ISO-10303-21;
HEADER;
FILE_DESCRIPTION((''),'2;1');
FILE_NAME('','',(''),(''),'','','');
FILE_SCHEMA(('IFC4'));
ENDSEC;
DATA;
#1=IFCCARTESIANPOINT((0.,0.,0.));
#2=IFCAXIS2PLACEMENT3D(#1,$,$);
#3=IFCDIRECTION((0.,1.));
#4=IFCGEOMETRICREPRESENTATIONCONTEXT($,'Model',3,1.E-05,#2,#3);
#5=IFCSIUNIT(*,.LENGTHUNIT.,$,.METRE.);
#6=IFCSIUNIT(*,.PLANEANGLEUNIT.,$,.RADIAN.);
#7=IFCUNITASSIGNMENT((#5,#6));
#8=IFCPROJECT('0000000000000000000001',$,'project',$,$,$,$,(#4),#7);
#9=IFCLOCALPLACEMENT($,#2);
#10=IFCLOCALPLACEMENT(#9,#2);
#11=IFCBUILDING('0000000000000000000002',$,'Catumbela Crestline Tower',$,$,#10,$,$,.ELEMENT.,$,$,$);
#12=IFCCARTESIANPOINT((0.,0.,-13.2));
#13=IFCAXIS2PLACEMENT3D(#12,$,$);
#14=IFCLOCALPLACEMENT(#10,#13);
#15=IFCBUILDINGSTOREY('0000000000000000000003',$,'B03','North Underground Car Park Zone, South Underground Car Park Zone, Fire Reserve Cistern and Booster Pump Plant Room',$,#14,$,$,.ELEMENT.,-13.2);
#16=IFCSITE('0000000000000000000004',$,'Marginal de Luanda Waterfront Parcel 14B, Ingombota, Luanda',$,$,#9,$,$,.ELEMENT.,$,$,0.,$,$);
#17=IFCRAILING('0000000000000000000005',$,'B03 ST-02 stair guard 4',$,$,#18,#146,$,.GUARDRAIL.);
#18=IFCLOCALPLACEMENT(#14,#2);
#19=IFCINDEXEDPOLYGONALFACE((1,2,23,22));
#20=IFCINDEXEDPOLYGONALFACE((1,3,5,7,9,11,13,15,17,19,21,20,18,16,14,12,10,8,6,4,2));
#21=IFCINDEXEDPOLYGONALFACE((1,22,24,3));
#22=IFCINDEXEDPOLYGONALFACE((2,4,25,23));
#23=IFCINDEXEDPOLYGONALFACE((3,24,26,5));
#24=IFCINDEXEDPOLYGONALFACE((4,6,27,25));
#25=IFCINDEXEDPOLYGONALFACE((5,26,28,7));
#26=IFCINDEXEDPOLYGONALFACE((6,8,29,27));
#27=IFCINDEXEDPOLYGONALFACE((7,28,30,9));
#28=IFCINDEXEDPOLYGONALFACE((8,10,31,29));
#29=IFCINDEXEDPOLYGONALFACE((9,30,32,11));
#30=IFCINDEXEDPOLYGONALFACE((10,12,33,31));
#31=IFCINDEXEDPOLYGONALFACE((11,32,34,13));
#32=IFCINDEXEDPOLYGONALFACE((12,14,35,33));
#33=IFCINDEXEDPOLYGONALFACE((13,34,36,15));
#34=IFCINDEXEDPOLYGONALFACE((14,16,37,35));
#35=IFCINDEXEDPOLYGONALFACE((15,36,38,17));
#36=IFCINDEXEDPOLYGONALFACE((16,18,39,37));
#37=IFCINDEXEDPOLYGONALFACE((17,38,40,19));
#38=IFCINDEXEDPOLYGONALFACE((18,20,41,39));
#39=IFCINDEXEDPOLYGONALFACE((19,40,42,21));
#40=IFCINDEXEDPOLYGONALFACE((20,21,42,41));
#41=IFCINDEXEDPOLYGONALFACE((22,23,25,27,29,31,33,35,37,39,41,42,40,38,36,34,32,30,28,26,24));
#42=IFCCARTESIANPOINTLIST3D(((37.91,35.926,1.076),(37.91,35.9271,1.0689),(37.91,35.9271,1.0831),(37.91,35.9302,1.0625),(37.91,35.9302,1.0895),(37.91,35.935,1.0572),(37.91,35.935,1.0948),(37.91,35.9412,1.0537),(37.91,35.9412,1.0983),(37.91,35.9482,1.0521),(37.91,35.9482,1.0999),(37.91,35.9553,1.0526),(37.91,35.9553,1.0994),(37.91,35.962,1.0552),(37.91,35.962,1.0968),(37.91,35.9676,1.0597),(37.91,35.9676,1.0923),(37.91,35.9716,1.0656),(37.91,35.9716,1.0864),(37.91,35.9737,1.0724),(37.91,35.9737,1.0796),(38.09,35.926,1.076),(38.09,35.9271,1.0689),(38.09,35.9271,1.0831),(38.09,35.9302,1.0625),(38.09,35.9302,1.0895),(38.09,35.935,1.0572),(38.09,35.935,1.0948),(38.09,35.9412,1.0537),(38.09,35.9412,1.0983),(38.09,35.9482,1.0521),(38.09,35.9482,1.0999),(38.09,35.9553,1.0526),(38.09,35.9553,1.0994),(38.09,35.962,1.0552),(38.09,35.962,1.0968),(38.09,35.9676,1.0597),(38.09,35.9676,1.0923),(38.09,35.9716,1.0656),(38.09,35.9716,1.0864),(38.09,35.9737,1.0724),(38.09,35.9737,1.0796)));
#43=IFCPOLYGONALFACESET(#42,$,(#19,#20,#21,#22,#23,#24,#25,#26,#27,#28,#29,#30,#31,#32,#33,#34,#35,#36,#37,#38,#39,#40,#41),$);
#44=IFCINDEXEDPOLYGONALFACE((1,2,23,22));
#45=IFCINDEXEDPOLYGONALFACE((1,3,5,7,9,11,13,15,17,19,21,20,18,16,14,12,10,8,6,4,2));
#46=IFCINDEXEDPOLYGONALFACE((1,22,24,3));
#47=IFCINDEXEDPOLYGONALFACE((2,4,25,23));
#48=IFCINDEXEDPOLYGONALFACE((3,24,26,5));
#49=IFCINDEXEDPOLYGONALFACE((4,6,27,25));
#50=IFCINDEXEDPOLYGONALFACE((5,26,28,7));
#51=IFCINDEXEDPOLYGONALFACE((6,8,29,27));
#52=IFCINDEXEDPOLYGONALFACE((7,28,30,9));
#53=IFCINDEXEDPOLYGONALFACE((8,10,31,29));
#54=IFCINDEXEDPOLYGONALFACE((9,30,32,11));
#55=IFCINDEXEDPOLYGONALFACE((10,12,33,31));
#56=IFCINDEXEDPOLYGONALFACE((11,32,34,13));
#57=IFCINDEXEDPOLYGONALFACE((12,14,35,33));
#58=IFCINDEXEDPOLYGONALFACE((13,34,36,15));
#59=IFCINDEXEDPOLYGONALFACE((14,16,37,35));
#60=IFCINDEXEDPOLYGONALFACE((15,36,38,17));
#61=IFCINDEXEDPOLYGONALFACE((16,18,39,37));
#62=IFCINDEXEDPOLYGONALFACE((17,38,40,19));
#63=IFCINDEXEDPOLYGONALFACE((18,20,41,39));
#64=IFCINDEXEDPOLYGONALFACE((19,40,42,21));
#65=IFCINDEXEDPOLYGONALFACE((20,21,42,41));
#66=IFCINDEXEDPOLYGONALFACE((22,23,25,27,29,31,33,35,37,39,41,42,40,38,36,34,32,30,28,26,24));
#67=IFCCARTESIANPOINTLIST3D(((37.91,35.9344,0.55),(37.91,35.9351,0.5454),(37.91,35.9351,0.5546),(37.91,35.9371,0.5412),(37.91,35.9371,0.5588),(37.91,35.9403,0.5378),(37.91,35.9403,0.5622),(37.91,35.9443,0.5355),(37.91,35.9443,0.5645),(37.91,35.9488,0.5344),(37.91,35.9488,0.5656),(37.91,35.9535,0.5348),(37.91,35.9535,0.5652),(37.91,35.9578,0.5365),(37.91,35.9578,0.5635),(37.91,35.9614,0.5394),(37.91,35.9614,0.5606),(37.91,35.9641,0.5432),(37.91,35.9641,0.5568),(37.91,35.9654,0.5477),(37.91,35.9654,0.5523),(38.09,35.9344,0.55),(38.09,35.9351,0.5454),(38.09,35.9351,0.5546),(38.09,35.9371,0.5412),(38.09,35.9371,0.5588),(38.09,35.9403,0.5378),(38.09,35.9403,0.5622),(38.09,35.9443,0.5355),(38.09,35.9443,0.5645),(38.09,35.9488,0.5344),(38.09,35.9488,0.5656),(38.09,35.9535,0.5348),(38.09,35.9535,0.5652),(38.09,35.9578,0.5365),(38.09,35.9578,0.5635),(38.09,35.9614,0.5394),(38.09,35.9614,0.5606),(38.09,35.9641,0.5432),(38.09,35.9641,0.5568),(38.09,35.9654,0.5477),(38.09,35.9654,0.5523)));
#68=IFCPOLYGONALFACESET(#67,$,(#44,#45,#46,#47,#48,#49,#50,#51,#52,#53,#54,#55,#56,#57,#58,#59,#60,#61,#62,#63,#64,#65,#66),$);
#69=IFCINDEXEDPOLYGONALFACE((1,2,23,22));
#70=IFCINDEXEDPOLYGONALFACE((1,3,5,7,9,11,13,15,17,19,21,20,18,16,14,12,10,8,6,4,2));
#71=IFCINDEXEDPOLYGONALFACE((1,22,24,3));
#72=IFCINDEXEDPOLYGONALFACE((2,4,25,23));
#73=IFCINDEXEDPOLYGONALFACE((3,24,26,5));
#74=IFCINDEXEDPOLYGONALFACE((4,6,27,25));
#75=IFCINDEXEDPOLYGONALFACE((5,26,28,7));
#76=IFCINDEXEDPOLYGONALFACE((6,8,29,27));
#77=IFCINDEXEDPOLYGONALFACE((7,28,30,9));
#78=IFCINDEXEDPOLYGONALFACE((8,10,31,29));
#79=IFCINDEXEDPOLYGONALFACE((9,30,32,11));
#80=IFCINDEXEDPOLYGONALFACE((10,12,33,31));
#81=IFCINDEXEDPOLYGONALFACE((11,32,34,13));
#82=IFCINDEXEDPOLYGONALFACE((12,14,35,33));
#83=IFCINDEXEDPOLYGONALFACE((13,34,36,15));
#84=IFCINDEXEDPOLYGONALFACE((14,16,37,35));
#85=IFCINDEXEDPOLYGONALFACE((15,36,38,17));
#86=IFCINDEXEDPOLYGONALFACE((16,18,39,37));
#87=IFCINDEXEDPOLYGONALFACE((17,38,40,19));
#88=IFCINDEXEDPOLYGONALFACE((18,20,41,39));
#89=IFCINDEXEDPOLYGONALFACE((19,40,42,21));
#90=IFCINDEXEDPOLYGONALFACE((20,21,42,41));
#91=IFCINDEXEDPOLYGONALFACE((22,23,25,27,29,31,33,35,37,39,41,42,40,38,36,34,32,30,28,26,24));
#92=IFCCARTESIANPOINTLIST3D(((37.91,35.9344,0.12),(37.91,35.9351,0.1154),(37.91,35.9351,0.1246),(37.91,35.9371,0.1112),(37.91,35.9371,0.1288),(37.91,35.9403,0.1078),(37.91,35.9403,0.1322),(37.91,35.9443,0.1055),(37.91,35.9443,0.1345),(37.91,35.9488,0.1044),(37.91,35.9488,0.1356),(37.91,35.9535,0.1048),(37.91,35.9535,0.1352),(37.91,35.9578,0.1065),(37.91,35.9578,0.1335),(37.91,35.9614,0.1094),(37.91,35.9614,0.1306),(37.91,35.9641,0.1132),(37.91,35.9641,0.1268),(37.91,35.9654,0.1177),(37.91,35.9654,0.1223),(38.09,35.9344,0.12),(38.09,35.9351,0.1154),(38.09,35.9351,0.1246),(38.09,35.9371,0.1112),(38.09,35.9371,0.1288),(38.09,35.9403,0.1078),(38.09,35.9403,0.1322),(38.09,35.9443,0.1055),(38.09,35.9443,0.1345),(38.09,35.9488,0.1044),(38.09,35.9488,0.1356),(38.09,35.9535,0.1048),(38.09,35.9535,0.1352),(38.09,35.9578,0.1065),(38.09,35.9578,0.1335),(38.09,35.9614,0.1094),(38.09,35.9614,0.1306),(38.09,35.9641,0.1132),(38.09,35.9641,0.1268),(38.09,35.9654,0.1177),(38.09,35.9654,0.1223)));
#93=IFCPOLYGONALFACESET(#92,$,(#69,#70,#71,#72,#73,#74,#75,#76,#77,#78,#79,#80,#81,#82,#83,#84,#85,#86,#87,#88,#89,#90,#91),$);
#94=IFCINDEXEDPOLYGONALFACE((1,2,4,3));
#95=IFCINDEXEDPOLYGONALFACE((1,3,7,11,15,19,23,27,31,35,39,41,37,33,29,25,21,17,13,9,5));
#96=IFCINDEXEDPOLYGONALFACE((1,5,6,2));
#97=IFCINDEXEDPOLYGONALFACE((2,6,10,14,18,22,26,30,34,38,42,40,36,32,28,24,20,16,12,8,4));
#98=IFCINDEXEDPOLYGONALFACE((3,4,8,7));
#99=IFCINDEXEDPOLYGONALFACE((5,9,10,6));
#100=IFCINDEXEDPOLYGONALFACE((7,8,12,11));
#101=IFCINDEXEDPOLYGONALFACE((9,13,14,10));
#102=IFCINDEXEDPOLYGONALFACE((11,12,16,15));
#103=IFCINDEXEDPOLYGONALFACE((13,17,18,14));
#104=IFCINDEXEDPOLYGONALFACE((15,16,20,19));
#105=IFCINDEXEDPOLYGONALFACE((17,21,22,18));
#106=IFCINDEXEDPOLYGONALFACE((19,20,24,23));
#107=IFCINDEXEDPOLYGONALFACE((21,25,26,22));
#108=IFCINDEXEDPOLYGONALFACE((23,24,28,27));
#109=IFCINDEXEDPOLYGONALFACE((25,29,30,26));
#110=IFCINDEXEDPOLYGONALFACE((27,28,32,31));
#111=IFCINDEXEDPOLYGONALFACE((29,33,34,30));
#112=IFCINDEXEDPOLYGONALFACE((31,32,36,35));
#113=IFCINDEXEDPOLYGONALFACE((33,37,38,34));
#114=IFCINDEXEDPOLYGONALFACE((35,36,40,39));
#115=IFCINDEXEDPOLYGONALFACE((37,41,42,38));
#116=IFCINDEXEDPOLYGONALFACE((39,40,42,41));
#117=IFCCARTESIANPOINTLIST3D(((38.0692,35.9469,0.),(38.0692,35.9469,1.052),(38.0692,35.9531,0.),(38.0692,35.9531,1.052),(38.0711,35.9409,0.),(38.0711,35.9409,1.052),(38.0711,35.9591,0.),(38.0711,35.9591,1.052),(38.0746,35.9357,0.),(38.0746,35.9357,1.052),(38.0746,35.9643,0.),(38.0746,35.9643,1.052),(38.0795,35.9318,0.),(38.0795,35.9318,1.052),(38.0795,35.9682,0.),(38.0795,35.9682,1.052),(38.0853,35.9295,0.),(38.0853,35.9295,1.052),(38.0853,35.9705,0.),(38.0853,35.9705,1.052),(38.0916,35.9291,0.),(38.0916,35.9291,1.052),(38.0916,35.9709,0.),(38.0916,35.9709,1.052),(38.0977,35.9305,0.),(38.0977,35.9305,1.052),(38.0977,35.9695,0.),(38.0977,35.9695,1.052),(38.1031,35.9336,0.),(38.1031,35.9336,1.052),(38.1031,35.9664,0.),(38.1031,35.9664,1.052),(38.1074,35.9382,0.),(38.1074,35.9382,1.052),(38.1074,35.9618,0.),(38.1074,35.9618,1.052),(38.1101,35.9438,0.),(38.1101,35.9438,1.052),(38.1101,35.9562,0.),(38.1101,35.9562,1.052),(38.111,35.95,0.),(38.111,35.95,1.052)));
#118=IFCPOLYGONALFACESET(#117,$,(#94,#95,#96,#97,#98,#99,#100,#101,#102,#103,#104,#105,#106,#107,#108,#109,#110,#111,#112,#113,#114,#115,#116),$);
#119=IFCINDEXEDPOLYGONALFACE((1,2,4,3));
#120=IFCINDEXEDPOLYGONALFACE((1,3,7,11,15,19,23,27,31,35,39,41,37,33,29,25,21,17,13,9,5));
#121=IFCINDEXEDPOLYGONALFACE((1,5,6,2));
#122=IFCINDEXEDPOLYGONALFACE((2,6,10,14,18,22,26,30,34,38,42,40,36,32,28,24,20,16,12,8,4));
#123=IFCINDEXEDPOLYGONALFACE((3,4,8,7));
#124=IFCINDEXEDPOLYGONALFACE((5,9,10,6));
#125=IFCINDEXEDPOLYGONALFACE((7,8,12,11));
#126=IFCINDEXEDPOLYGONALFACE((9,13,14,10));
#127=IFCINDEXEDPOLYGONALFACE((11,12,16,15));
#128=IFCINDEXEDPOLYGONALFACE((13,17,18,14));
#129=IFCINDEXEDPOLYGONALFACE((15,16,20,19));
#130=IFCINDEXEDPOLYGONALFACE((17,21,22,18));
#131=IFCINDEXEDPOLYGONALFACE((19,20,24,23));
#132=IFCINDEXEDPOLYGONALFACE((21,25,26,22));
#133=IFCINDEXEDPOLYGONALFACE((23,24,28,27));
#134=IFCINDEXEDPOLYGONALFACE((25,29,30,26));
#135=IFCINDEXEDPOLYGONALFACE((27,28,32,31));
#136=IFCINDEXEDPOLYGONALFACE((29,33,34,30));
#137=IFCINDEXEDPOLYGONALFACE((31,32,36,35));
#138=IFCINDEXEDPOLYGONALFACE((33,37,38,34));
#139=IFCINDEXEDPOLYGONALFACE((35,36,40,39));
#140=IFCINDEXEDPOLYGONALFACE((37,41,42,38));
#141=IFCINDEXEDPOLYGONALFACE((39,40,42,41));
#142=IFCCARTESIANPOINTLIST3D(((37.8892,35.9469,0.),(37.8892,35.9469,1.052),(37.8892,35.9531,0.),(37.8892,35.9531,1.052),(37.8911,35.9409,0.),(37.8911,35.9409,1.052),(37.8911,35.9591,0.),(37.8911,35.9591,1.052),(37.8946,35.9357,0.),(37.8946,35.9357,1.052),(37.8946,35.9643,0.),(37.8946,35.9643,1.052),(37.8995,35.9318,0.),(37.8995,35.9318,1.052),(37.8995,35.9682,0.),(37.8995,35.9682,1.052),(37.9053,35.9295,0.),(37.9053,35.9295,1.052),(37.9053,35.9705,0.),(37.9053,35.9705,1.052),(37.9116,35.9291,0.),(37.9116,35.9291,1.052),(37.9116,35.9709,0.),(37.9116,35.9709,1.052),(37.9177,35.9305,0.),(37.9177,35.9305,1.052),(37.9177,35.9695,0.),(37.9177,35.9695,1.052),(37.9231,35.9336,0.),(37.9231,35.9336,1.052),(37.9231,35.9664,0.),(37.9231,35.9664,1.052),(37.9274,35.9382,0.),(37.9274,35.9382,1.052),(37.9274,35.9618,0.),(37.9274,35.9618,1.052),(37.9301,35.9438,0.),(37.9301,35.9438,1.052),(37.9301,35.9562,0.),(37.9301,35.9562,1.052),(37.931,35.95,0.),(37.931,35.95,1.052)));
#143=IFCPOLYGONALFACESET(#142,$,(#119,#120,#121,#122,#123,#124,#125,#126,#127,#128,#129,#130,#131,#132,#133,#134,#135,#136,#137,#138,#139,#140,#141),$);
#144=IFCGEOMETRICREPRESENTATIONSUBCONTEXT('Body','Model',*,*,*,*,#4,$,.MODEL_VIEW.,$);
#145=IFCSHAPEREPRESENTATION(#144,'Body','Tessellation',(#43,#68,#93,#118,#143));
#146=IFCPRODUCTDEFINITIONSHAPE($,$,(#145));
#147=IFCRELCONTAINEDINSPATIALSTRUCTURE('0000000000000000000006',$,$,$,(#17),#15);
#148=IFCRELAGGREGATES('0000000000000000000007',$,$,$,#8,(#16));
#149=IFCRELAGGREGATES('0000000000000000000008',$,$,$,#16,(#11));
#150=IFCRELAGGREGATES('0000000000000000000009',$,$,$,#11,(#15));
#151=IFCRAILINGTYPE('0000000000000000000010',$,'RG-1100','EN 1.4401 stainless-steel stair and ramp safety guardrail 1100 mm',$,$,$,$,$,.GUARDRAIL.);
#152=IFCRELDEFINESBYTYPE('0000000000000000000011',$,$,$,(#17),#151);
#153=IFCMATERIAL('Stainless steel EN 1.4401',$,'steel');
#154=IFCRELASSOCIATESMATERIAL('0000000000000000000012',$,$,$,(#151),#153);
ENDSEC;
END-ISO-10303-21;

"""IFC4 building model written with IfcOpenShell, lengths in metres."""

from ifc_helpers import new_model, si_unit, direction, frame, origin, origin_2d, place, context, subcontext, project, spatial, circle, extrude, material, type_object, element, save


model = new_model("IFC4")

# Units and contexts
model_context = context("Model", 3, precision=1e-05, world=origin(), true_north=direction((0.0, 1.0)))
body_context = subcontext(model_context, "Body", "Model", "MODEL_VIEW")
ifc_project = project(units=[si_unit("LENGTHUNIT", "METRE"), si_unit("PLANEANGLEUNIT", "RADIAN")], contexts=[model_context])

# Site, building, storey
site_placement = place(None, origin())
site = spatial("IfcSite", under=ifc_project, at=site_placement, Name="Marginal de Luanda Waterfront Parcel 14B, Ingombota, Luanda", CompositionType="ELEMENT", RefElevation=0.0)
building_placement = place(site_placement, origin())
building = spatial("IfcBuilding", under=site, at=building_placement, Name="Catumbela Crestline Tower", CompositionType="ELEMENT")
storey_placement = place(building_placement, frame((0.0, 0.0, -13.2)))
storey = spatial("IfcBuildingStorey", under=building, at=storey_placement, Name="B03", Description="North Underground Car Park Zone, South Underground Car Park Zone, Fire Reserve Cistern and Booster Pump Plant Room", CompositionType="ELEMENT", Elevation=-13.2)

# Shared definitions
ifc_material_1 = material(Name="Stainless steel EN 1.4401", Category="steel")

# Railing
railing_type_1 = type_object("IfcRailingType", Name="RG-1100", Description="EN 1.4401 stainless-steel stair and ramp safety guardrail 1100 mm", PredefinedType="GUARDRAIL", material=ifc_material_1)
railing_1_placement = place(storey_placement, frame((38.09, 35.95, 0.0)))
element("IfcRailing", 1, at=railing_1_placement, inside=storey, type_object=railing_type_1, Name="B03 ST-02 stair guard 4", PredefinedType="GUARDRAIL", context=body_context, shape_type="SweptSolid", body=[
    extrude(circle(Radius=0.024, at=origin_2d()), frame((0.0, 0.0, 1.076), z_axis=(-1.0, 0.0, 0.0), x_axis=(0.0, -1.0, 0.0)), (0.0, 0.0, 1.0), 0.18),
    extrude(circle(Radius=0.0156, at=origin_2d()), frame((0.0, 0.0, 0.55), z_axis=(-1.0, 0.0, 0.0), x_axis=(0.0, -1.0, 0.0)), (0.0, 0.0, 1.0), 0.18),
    extrude(circle(Radius=0.0156, at=origin_2d()), frame((0.0, 0.0, 0.12), z_axis=(-1.0, 0.0, 0.0), x_axis=(0.0, -1.0, 0.0)), (0.0, 0.0, 1.0), 0.18),
    extrude(circle(Radius=0.021, at=origin_2d()), origin(), (0.0, 0.0, 1.0), 1.052),
    extrude(circle(Radius=0.021, at=origin_2d()), frame((-0.18, 0.0, 0.0)), (0.0, 0.0, 1.0), 1.052),
])

save(model, "model.ifc")
